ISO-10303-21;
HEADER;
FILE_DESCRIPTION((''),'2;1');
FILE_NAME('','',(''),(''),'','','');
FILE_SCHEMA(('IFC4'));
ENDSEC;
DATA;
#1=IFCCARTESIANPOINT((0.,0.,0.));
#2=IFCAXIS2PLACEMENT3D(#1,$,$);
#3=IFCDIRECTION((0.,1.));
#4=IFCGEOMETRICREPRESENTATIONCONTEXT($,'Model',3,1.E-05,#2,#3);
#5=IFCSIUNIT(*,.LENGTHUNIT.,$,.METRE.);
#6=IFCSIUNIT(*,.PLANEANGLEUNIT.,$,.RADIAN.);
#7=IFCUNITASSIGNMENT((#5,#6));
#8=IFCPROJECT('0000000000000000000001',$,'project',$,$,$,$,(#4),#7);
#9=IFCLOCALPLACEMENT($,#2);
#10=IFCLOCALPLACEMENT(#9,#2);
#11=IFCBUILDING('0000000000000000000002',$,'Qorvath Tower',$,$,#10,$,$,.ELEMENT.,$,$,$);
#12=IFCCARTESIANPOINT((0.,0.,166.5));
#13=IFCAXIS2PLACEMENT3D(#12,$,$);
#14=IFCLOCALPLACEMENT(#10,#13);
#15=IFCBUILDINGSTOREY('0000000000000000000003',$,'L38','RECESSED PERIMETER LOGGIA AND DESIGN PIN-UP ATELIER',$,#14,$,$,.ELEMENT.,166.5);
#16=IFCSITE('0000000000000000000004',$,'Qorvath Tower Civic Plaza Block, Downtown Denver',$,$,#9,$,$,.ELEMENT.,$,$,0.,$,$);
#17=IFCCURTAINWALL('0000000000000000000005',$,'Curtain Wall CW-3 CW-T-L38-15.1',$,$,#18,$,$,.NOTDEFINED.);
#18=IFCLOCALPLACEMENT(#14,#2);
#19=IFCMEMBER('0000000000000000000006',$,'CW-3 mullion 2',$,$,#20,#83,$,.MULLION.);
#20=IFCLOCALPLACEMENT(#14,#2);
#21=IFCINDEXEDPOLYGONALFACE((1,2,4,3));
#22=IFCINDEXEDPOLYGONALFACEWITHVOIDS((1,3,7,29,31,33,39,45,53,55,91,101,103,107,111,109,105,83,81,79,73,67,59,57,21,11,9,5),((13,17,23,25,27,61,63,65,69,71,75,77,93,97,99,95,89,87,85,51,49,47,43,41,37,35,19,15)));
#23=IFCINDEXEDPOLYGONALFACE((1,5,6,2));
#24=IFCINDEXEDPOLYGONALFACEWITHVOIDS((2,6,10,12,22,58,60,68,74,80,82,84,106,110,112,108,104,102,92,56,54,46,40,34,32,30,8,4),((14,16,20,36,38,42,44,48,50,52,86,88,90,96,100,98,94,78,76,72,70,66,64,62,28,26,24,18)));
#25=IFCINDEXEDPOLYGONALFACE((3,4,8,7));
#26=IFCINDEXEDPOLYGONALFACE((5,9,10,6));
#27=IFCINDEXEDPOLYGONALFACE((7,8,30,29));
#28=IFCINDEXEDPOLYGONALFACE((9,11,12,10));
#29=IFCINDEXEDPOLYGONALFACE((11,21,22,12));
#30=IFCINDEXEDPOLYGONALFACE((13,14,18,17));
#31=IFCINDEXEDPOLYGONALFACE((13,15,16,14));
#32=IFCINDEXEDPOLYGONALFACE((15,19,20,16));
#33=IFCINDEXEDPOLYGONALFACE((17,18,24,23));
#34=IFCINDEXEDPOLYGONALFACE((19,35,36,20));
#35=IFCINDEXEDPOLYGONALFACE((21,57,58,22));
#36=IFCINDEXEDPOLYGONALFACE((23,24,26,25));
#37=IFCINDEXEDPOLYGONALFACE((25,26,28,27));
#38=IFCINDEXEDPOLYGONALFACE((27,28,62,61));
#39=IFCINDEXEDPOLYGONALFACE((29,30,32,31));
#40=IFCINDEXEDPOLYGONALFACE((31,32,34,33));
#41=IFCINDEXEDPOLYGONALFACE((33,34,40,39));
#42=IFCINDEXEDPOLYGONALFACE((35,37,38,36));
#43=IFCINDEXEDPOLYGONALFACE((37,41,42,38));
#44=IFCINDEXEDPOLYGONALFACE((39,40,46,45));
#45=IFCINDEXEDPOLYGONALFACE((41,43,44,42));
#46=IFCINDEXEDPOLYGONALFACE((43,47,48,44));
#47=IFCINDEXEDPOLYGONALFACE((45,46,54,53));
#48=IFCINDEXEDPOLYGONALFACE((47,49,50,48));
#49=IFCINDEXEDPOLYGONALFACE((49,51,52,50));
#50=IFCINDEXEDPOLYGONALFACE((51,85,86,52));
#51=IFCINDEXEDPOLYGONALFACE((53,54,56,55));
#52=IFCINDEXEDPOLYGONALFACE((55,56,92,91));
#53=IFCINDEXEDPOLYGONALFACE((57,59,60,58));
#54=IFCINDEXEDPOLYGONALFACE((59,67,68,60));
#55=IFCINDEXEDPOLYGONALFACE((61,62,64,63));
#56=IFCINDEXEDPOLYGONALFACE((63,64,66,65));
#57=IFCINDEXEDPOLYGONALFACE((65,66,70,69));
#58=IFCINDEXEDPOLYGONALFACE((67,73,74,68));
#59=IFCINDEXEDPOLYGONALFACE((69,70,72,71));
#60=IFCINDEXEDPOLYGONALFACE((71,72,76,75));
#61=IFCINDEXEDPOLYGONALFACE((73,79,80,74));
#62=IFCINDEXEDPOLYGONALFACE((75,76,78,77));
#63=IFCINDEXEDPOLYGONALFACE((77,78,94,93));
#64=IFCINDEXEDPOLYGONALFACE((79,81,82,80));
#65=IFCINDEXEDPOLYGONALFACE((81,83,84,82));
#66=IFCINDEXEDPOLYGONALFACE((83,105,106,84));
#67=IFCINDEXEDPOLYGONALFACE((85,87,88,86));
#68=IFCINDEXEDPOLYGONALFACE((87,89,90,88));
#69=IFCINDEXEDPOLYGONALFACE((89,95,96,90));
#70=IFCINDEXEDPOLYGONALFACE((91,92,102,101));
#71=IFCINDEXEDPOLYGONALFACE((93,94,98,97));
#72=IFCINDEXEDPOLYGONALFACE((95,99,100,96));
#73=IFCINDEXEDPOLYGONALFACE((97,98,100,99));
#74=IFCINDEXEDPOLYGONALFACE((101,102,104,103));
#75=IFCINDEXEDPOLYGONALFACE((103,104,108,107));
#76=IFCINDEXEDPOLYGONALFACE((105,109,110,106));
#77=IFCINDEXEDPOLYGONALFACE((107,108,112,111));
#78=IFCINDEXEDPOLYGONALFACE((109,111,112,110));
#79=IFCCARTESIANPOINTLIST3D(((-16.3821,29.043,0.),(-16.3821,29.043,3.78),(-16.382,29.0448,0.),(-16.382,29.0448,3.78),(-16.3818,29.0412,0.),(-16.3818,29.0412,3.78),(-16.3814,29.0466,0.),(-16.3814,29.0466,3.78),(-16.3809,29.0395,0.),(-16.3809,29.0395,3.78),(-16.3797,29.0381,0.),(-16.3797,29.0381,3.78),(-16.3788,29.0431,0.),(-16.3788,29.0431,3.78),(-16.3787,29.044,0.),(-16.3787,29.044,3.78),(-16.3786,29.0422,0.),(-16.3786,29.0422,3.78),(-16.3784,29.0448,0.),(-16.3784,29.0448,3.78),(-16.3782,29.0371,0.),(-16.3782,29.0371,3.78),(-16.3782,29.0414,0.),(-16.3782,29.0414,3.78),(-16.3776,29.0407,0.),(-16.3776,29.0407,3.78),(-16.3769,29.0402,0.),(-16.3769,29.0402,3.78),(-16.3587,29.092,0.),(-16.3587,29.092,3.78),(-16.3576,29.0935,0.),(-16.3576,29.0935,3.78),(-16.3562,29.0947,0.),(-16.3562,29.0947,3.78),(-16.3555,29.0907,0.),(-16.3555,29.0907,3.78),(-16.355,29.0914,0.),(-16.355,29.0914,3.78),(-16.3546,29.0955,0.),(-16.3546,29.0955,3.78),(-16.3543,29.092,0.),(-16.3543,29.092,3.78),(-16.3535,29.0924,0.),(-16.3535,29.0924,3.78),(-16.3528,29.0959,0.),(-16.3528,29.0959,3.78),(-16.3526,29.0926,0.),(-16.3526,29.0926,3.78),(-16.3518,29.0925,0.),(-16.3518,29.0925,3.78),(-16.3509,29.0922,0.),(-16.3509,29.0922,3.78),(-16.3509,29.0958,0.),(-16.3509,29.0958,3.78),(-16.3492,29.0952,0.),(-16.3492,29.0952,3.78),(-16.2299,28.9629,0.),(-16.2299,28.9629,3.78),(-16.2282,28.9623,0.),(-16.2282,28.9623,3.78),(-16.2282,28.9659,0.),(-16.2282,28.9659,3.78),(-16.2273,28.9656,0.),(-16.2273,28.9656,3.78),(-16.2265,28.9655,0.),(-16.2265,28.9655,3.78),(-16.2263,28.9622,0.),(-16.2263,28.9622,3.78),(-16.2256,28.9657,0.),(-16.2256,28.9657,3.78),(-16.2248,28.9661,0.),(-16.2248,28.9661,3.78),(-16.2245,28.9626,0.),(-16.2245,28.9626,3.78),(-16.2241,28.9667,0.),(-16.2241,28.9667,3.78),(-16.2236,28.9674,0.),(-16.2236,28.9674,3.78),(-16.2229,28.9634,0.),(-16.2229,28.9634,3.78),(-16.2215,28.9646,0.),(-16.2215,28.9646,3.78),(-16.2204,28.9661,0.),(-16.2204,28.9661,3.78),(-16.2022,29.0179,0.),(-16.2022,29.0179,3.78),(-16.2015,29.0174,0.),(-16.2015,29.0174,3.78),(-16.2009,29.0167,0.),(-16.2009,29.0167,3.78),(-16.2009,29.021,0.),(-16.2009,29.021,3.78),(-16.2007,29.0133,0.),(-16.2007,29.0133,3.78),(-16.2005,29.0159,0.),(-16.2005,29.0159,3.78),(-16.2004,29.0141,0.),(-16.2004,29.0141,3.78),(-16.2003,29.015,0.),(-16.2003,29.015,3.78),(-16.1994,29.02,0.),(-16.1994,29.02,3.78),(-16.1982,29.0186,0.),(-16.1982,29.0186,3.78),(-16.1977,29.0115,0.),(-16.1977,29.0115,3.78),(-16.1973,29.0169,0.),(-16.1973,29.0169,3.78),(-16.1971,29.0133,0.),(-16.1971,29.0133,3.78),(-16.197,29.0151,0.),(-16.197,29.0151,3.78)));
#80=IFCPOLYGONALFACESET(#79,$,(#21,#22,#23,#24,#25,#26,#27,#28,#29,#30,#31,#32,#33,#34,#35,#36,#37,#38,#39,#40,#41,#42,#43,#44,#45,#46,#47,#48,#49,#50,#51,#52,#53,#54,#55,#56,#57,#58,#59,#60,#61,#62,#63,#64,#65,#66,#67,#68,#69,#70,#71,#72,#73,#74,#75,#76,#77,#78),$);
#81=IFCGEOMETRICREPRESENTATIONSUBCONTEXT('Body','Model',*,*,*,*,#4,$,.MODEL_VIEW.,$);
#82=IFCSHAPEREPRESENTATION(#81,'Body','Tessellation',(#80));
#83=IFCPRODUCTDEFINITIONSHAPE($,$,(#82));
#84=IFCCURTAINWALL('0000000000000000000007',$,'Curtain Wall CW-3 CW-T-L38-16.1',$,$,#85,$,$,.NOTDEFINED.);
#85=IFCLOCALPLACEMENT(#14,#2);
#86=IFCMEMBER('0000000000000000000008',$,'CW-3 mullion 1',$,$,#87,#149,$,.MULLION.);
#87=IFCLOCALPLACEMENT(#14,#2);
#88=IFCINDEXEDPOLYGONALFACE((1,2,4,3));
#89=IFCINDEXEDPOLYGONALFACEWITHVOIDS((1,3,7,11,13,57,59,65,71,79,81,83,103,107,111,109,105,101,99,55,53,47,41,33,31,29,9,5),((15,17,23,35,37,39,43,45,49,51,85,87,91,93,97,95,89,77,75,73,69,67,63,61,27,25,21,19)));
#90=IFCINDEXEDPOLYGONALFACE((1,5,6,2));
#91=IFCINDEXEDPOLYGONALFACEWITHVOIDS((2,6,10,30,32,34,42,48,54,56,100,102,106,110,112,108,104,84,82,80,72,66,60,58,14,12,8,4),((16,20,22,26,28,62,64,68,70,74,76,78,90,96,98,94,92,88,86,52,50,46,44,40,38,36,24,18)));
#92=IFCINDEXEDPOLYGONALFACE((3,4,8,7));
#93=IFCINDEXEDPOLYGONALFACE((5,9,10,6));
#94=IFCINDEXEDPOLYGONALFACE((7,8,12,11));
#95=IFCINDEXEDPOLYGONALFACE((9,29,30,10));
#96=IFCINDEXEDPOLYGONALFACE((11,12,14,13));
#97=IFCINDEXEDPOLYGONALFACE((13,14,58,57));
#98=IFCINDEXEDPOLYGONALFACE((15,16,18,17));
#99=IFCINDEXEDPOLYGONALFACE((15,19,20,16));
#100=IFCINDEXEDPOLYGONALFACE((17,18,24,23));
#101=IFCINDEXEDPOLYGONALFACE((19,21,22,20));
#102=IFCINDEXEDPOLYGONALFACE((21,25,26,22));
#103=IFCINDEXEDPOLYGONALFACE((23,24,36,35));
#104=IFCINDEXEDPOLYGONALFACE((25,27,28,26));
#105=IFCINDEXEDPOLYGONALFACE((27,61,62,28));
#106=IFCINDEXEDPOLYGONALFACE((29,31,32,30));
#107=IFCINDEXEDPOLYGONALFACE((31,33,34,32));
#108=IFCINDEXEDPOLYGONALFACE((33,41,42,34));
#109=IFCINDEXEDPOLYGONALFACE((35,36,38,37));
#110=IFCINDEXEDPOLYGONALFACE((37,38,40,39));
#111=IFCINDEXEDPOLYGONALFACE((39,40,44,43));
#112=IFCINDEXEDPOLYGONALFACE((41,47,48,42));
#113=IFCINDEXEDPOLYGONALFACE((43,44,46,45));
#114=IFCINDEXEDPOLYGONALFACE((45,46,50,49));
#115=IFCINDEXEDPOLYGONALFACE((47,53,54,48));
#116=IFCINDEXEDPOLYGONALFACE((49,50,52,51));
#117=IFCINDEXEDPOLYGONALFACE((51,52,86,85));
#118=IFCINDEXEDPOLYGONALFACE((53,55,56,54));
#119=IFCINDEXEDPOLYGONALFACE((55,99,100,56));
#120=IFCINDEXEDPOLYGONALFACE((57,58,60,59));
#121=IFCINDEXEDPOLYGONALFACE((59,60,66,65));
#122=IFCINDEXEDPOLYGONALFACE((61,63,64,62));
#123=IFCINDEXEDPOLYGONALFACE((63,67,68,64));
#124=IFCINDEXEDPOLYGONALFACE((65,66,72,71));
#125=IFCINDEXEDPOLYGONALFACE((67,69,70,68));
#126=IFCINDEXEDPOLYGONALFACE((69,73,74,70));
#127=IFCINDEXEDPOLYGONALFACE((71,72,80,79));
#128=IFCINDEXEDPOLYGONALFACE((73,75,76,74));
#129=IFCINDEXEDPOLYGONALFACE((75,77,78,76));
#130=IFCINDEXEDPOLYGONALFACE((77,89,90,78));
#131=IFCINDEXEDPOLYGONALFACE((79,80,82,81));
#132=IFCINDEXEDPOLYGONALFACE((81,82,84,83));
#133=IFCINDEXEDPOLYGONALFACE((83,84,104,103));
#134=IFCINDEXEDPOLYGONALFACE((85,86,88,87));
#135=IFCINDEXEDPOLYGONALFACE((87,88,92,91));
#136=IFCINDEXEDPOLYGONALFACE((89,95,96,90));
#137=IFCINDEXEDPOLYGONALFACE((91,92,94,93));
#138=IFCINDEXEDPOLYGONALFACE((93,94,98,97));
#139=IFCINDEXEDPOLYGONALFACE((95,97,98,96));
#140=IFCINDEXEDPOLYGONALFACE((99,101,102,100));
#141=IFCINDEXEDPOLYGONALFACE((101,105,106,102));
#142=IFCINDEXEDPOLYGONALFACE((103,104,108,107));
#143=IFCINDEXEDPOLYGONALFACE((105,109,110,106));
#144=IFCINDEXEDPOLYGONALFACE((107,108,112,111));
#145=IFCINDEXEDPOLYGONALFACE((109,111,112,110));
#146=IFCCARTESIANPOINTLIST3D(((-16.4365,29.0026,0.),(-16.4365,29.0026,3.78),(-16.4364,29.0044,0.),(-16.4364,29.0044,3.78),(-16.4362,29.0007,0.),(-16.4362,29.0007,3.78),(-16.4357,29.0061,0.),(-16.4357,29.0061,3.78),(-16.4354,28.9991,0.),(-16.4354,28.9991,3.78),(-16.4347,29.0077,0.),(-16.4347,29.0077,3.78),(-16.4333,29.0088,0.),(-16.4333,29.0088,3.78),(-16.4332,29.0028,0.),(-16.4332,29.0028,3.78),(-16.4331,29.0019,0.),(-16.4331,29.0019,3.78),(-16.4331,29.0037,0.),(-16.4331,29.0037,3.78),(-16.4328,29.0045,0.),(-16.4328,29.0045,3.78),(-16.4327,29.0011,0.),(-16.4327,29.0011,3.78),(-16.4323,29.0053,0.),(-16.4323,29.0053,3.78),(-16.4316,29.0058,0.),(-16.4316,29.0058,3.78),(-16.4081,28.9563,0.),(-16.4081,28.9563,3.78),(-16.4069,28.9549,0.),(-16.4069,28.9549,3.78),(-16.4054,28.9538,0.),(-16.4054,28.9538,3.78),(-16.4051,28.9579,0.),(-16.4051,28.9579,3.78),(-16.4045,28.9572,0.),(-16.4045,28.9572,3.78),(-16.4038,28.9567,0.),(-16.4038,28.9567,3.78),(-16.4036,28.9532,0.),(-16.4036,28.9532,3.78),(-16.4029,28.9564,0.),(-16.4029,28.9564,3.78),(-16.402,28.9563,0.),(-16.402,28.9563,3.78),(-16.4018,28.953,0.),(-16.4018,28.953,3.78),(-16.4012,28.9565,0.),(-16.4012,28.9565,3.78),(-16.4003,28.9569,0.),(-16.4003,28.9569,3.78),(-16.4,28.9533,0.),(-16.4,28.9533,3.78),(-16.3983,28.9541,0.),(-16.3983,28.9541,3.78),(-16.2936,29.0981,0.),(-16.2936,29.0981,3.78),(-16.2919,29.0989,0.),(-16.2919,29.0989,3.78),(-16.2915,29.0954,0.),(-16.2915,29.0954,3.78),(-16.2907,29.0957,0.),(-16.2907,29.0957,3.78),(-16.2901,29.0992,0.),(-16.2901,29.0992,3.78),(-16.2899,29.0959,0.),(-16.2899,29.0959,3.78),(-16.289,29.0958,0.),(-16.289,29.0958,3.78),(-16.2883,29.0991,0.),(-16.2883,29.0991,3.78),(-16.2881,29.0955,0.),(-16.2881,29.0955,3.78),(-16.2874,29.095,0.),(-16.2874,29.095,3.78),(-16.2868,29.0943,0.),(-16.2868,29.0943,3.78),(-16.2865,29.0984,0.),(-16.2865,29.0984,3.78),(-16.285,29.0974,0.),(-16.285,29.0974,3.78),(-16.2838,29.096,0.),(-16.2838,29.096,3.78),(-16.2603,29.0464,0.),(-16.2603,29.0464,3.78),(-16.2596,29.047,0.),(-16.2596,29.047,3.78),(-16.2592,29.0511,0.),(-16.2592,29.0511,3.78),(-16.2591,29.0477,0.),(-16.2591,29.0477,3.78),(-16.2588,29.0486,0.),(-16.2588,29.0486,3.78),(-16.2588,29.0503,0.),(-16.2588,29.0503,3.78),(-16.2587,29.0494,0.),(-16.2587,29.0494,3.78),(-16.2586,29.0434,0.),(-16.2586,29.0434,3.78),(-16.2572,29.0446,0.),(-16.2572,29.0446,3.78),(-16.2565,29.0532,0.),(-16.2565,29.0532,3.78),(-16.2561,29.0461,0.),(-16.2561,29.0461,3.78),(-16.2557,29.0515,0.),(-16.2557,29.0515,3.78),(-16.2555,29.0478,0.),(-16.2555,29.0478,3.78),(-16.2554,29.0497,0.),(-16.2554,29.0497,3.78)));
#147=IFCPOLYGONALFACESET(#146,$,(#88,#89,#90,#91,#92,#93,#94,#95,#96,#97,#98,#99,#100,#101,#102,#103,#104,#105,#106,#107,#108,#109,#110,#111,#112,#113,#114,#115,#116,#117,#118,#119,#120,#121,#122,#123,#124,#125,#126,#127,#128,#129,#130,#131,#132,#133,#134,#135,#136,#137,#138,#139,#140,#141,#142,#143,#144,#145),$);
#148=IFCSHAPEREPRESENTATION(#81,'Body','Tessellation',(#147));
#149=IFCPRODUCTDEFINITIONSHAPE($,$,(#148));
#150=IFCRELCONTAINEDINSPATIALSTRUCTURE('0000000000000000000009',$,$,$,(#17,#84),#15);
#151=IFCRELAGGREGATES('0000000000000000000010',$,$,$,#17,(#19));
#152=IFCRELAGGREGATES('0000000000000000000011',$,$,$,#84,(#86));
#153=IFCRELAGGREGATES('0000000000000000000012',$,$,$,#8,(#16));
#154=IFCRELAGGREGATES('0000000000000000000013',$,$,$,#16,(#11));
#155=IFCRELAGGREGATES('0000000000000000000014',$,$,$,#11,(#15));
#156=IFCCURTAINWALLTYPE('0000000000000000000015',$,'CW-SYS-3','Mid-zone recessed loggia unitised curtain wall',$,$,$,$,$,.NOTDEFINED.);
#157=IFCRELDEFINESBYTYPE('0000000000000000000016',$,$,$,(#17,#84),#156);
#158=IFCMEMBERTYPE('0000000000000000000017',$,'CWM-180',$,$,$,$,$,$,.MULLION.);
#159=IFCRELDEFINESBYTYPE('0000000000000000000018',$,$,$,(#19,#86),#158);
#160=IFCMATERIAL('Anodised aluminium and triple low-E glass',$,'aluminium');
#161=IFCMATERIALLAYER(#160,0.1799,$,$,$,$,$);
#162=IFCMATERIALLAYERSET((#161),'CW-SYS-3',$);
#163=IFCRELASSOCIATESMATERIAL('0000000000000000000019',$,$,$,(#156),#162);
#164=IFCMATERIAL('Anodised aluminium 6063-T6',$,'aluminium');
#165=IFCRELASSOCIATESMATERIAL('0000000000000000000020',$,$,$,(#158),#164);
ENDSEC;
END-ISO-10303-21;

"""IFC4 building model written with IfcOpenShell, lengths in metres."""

from ifc_helpers import new_model, si_unit, direction, frame, origin, origin_2d, place, context, subcontext, project, spatial, hollow_rectangle, extrude, material, layer, layer_set, material_profile, profile_set, type_object, element, aggregate, save


model = new_model("IFC4")

# Units and contexts
model_context = context("Model", 3, precision=1e-05, world=origin(), true_north=direction((0.0, 1.0)))
body_context = subcontext(model_context, "Body", "Model", "MODEL_VIEW")
ifc_project = project(units=[si_unit("LENGTHUNIT", "METRE"), si_unit("PLANEANGLEUNIT", "RADIAN")], contexts=[model_context])

# Site, building, storey
site_placement = place(None, origin())
site = spatial("IfcSite", under=ifc_project, at=site_placement, Name="Qorvath Tower Civic Plaza Block, Downtown Denver", CompositionType="ELEMENT", RefElevation=0.0)
building_placement = place(site_placement, origin())
building = spatial("IfcBuilding", under=site, at=building_placement, Name="Qorvath Tower", CompositionType="ELEMENT")
storey_placement = place(building_placement, frame((0.0, 0.0, 166.5)))
storey = spatial("IfcBuildingStorey", under=building, at=storey_placement, Name="L38", Description="RECESSED PERIMETER LOGGIA AND DESIGN PIN-UP ATELIER", CompositionType="ELEMENT", Elevation=166.5)

# Shared definitions
ifc_material_1 = material(Name="Anodised aluminium and triple low-E glass", Category="aluminium")
ifc_layer_1 = layer(ifc_material_1, 0.1799)
ifc_layer_set_1 = layer_set([ifc_layer_1], Name="CW-SYS-3")
curtain_wall_type = type_object("IfcCurtainWallType", Name="CW-SYS-3", Description="Mid-zone recessed loggia unitised curtain wall", PredefinedType="NOTDEFINED", material=ifc_layer_set_1)
ifc_material_2 = material(Name="Anodised aluminium 6063-T6", Category="aluminium")
ifc_material_profile_1 = material_profile(ifc_material_2, hollow_rectangle(XDim=0.0649, YDim=0.1799, WallThickness=0.0034, InnerFilletRadius=0.0034, OuterFilletRadius=0.0071, at=origin_2d()), Name="CWM 180x65")
ifc_profile_set_1 = profile_set([ifc_material_profile_1], Name="Anodised aluminium 6063-T6")
member_type_1 = type_object("IfcMemberType", Name="CWM-180", PredefinedType="MULLION", material=ifc_profile_set_1)

# Curtain wall, member
curtain_wall_1_placement = place(storey_placement, origin())
curtain_wall_1 = element("IfcCurtainWall", 1, at=curtain_wall_1_placement, inside=storey, type_object=curtain_wall_type, Name="Curtain Wall CW-3 CW-T-L38-15.1", PredefinedType="NOTDEFINED")
member_1_placement = place(storey_placement, frame((-16.2896, 29.0291, 0.0), z_axis=(0.0, 0.0, 1.0), x_axis=(-0.447222, -0.894423, 0.0)))
member_1 = element("IfcMember", 2, at=member_1_placement, type_object=member_type_1, Name="CW-3 mullion 2", PredefinedType="MULLION", context=body_context, shape_type="SweptSolid", body=[
    extrude(hollow_rectangle(XDim=0.0649, YDim=0.1799, WallThickness=0.0034, InnerFilletRadius=0.0034, OuterFilletRadius=0.0071, at=origin_2d()), origin(), (0.0, 0.0, 1.0), 3.78),
])

# Curtain wall, member
curtain_wall_2_placement = place(storey_placement, origin())
curtain_wall_2 = element("IfcCurtainWall", 3, at=curtain_wall_2_placement, inside=storey, type_object=curtain_wall_type, Name="Curtain Wall CW-3 CW-T-L38-16.1", PredefinedType="NOTDEFINED")
member_2_placement = place(storey_placement, frame((-16.3459, 29.0261, 0.0), z_axis=(0.0, 0.0, 1.0), x_axis=(0.538534, -0.842604, 0.0)))
member_2 = element("IfcMember", 4, at=member_2_placement, type_object=member_type_1, Name="CW-3 mullion 1", PredefinedType="MULLION", context=body_context, shape_type="SweptSolid", body=[
    extrude(hollow_rectangle(XDim=0.0649, YDim=0.1799, WallThickness=0.0034, InnerFilletRadius=0.0034, OuterFilletRadius=0.0071, at=origin_2d()), origin(), (0.0, 0.0, 1.0), 3.78),
])

aggregate(curtain_wall_1, [member_1])
aggregate(curtain_wall_2, [member_2])

save(model, "model.ifc")
